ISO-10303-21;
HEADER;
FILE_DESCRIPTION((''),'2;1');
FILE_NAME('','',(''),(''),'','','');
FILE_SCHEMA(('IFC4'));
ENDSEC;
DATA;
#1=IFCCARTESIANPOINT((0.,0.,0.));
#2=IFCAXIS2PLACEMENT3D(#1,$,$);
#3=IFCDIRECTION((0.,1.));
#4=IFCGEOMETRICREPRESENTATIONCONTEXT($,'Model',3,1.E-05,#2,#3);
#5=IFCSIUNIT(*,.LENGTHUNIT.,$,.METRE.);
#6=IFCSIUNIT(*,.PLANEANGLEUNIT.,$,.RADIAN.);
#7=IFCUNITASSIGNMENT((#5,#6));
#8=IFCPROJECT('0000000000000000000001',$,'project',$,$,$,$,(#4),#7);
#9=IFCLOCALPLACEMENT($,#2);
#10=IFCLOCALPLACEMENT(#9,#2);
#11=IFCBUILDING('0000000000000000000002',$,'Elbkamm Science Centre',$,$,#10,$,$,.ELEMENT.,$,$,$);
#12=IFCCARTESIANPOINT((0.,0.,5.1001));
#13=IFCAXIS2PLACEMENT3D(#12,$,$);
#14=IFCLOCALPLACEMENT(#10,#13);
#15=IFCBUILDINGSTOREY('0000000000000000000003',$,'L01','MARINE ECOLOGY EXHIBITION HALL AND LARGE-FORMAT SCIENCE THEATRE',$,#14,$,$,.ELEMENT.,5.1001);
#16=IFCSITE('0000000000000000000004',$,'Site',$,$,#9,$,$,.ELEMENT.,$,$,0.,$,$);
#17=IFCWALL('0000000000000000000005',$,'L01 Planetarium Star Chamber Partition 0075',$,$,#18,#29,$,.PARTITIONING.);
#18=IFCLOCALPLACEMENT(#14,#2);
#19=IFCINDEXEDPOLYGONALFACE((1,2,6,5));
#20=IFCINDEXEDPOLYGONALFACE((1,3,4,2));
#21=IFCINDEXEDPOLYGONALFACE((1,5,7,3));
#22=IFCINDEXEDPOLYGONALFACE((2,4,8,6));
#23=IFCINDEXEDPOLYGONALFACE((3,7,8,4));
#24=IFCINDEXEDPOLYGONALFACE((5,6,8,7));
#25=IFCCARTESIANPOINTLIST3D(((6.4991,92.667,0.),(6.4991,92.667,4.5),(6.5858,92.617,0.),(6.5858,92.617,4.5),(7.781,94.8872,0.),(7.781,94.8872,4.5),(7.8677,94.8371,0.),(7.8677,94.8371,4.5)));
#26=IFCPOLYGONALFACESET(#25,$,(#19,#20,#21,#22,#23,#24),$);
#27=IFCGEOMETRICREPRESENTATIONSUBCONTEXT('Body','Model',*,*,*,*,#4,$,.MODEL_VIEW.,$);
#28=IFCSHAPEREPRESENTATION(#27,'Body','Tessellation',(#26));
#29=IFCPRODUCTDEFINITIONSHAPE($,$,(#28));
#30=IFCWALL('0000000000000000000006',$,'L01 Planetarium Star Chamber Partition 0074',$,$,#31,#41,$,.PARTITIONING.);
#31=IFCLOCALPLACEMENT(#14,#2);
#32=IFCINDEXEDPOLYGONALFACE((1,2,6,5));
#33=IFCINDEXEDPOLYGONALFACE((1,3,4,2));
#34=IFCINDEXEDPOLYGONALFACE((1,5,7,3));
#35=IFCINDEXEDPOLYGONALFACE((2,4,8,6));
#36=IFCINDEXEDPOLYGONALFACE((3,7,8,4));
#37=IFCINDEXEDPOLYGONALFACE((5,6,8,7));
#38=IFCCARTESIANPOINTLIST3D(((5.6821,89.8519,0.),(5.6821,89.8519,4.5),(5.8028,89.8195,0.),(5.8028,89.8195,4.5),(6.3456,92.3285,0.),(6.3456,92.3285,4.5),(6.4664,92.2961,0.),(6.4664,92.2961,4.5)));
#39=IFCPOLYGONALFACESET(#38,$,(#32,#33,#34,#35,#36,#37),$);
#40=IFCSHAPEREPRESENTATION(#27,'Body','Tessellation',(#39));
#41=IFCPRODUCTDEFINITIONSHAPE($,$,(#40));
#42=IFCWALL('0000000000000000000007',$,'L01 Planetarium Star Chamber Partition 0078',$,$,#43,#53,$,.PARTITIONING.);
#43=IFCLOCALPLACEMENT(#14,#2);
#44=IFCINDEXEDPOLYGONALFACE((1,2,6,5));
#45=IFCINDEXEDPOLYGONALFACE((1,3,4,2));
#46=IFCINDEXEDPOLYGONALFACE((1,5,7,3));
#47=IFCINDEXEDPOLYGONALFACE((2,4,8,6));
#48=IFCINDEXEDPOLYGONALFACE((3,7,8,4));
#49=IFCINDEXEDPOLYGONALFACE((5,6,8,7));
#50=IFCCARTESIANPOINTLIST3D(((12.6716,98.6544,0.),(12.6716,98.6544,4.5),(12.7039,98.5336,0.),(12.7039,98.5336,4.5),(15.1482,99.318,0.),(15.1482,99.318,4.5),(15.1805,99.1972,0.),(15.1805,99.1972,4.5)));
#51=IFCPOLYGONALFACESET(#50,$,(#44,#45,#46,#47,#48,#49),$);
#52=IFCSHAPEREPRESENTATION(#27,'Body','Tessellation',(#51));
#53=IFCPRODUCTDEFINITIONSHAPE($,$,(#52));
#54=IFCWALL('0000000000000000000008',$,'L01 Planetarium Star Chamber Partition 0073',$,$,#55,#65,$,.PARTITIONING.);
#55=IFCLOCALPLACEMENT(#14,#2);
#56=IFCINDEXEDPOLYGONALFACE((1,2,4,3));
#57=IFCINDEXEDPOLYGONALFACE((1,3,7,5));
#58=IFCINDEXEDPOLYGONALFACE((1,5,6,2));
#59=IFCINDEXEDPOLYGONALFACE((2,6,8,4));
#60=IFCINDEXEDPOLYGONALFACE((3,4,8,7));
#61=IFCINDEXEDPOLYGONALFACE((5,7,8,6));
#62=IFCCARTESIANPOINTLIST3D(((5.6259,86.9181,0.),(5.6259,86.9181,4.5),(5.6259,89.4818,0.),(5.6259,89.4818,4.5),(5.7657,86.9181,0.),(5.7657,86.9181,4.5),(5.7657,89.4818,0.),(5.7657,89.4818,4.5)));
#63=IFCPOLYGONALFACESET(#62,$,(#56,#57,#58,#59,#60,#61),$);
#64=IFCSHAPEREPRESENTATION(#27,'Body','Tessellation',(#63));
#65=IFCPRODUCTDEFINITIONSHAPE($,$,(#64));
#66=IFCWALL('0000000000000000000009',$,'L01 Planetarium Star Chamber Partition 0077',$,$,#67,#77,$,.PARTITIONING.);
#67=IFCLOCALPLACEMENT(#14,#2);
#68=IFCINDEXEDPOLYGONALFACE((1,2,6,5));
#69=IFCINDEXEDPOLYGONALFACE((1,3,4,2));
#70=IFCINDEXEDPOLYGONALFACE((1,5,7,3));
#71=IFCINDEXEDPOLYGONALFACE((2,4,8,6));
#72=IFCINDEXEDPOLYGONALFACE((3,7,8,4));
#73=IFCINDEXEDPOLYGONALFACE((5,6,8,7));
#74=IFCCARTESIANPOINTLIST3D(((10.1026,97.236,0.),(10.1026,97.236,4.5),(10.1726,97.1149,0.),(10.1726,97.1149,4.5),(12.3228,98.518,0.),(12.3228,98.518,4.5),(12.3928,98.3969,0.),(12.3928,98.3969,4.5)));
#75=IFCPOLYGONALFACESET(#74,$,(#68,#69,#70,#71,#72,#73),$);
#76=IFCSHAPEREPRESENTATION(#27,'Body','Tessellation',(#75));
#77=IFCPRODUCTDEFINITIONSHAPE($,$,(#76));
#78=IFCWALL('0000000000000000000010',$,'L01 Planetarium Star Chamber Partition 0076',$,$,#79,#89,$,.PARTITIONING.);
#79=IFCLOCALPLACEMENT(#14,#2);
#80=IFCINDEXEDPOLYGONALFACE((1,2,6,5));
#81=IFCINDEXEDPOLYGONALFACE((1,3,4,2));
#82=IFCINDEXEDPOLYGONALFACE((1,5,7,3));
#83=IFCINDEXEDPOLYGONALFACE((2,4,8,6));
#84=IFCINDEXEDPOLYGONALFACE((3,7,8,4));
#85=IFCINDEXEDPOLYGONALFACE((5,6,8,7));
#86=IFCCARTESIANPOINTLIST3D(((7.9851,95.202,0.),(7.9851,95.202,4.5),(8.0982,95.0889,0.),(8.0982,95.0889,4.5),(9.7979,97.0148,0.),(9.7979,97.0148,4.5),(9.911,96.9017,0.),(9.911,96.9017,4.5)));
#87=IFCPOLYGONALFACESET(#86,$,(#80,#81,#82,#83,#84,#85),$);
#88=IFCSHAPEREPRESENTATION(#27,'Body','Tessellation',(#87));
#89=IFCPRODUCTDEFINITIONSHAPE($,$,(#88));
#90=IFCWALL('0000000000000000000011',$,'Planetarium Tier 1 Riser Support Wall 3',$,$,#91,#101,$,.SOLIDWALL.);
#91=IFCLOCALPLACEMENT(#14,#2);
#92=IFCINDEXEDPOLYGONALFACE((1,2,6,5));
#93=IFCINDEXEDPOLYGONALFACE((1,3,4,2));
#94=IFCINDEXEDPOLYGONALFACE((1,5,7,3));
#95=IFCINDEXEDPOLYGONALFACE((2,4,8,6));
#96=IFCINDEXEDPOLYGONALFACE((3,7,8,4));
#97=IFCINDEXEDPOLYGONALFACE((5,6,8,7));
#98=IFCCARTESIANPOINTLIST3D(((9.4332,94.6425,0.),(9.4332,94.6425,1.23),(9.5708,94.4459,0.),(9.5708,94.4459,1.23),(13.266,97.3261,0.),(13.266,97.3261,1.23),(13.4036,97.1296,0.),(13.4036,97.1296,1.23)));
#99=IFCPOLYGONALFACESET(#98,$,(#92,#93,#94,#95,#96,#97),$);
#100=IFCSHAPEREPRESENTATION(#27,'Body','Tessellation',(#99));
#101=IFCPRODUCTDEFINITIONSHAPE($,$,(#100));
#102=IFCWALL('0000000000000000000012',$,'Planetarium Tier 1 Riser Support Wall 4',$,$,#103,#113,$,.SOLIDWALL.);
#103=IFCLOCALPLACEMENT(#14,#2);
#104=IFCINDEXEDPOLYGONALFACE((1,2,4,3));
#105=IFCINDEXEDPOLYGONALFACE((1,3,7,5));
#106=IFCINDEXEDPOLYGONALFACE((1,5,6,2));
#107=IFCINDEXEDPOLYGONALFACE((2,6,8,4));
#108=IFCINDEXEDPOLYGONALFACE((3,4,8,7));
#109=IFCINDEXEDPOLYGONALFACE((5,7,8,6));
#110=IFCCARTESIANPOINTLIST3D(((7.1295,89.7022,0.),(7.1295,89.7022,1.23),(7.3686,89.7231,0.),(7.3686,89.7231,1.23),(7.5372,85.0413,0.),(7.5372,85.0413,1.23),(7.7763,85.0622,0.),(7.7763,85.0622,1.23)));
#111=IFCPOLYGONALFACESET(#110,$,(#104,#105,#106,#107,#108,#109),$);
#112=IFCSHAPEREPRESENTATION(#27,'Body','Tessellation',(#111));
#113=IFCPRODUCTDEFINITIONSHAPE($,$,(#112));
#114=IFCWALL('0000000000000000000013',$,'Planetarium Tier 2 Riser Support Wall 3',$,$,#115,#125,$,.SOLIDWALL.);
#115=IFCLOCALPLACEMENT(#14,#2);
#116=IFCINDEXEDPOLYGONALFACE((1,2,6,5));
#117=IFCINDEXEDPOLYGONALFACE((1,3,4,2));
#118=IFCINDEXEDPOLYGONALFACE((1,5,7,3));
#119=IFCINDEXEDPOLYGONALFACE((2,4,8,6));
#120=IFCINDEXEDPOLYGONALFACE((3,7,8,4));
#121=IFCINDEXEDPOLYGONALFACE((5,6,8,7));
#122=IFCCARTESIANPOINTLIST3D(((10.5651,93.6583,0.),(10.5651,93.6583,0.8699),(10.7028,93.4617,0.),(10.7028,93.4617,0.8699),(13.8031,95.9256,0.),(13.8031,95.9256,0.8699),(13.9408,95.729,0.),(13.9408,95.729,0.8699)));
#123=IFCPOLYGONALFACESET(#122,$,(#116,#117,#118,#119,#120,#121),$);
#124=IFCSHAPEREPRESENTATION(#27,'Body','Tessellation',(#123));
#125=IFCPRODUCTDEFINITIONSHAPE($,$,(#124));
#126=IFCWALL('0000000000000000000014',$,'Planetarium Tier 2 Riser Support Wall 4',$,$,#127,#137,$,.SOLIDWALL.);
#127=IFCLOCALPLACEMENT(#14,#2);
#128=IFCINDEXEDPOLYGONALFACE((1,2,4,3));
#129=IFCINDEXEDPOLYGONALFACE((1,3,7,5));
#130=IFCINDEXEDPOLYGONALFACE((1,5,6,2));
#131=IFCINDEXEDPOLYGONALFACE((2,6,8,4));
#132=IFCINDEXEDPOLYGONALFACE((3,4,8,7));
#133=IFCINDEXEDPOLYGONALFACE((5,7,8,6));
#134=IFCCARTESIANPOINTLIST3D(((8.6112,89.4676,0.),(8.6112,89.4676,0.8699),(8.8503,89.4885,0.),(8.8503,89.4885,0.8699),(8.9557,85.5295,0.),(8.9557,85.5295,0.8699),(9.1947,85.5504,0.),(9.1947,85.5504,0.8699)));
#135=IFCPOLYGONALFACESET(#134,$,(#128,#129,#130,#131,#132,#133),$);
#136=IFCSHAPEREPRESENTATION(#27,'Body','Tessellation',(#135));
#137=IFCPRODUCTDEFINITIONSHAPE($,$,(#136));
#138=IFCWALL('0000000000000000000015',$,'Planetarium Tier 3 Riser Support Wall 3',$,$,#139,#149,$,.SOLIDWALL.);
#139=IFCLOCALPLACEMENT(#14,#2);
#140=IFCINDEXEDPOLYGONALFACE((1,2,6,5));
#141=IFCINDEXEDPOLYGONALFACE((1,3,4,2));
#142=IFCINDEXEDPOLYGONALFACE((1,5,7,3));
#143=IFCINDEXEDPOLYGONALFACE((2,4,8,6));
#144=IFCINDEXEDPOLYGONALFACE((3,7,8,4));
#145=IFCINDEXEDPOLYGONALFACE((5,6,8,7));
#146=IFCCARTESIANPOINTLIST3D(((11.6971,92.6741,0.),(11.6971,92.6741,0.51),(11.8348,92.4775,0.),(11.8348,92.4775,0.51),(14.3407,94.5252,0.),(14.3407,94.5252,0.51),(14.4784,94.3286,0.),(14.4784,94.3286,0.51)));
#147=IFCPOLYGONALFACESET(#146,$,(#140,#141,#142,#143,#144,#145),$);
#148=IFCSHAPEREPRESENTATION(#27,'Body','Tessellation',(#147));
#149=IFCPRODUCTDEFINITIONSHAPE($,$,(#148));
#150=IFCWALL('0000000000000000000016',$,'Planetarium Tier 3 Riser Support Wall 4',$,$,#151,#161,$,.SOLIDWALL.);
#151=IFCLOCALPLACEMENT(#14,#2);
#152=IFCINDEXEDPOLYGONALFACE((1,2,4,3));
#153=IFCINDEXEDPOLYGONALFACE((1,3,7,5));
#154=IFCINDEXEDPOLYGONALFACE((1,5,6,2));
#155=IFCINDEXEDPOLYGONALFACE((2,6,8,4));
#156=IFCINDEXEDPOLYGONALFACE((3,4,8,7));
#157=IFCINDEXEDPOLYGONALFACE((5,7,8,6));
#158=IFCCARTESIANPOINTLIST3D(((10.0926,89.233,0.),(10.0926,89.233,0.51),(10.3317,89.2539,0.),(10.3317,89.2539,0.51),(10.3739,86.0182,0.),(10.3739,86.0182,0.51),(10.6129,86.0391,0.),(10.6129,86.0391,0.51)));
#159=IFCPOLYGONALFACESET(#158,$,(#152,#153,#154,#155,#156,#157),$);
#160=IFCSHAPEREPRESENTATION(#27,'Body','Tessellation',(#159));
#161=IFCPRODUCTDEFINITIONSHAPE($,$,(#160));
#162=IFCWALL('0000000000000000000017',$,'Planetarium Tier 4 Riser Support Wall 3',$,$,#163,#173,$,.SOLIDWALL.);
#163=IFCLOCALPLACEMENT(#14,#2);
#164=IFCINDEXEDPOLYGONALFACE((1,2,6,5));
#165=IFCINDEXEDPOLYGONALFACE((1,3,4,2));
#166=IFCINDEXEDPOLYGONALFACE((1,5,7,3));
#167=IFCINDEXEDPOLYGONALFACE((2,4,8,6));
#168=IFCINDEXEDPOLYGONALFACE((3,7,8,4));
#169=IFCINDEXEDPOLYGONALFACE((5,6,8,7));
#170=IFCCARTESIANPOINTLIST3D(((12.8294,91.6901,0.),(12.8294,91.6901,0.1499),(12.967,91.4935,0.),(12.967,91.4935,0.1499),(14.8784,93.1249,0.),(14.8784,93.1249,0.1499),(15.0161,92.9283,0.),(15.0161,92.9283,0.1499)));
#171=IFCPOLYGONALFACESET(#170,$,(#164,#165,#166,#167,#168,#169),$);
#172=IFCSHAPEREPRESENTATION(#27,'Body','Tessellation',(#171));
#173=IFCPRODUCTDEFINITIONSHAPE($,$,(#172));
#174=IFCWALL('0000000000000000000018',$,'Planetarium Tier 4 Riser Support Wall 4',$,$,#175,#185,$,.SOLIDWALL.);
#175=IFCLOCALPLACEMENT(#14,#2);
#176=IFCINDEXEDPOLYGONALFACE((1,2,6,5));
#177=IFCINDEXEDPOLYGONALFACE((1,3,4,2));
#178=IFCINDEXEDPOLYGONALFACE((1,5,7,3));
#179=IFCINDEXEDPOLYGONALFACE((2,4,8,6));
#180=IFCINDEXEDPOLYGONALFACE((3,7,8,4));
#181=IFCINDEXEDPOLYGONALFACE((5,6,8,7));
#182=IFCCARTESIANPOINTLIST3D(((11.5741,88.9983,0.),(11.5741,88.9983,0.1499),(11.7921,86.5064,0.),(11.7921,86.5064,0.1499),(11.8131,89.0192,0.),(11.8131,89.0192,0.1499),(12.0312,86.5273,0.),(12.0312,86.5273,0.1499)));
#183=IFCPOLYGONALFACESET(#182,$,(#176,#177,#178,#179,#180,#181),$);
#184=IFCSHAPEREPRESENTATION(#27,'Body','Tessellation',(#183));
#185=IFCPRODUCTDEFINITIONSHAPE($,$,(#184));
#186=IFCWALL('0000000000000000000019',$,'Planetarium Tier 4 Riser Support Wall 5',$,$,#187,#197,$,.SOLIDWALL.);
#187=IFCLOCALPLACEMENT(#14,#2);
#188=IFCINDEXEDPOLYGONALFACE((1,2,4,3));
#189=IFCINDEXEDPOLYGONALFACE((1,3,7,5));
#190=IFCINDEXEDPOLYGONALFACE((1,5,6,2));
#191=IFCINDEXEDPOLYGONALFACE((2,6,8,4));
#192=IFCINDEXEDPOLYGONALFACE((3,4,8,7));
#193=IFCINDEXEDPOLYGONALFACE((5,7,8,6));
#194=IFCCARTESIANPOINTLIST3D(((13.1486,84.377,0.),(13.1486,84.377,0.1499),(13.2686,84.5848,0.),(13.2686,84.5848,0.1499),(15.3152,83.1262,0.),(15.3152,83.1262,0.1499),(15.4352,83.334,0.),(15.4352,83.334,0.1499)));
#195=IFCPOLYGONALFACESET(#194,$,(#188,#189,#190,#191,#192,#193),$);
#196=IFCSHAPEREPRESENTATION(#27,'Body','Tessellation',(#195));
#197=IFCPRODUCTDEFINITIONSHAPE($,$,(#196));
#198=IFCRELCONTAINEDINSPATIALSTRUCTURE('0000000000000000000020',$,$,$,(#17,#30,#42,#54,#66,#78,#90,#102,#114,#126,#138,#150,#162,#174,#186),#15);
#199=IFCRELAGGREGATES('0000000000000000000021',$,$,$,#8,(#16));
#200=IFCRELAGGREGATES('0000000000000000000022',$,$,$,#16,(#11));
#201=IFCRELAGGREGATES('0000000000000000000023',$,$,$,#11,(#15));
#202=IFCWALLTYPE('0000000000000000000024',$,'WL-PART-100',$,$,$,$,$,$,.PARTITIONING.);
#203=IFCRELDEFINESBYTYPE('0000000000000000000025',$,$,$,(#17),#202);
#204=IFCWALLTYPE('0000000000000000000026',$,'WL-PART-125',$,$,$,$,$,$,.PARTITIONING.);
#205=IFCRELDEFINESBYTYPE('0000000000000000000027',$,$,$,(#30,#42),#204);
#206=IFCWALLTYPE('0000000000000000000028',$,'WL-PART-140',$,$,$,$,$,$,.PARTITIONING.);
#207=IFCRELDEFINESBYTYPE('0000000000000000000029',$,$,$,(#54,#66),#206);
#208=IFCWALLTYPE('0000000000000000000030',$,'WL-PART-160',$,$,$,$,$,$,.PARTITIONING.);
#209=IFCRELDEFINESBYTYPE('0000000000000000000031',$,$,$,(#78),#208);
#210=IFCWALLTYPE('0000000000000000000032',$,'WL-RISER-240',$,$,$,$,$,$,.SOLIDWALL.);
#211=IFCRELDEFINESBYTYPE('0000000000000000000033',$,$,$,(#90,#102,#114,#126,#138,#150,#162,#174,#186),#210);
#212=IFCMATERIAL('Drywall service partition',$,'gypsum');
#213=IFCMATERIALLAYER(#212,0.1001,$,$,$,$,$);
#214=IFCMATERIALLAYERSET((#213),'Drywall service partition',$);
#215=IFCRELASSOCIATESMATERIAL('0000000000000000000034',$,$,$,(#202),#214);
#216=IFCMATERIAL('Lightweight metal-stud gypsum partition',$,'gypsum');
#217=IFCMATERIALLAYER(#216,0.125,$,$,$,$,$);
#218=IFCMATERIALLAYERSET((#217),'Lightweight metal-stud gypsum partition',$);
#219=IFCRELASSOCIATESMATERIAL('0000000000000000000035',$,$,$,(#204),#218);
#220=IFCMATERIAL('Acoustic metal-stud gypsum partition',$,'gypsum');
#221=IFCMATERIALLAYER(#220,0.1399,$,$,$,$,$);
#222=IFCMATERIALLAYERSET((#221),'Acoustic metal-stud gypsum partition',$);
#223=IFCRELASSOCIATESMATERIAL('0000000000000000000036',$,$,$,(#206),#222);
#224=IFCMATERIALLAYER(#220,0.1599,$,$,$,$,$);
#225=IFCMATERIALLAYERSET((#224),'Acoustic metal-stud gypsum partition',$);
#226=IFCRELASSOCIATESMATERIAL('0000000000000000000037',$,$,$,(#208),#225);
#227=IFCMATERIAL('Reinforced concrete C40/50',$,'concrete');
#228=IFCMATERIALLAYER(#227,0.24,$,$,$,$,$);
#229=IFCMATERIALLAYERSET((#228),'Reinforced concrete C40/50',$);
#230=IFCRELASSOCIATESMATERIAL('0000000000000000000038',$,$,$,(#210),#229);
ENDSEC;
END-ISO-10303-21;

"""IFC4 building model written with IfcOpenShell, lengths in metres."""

from ifc_helpers import new_model, si_unit, direction, frame, frame_2d, origin, place, context, subcontext, project, spatial, rectangle, extrude, material, layer, layer_set, type_object, element, save


model = new_model("IFC4")

# Units and contexts
model_context = context("Model", 3, precision=1e-05, world=origin(), true_north=direction((0.0, 1.0)))
body_context = subcontext(model_context, "Body", "Model", "MODEL_VIEW")
ifc_project = project(units=[si_unit("LENGTHUNIT", "METRE"), si_unit("PLANEANGLEUNIT", "RADIAN")], contexts=[model_context])

# Site, building, storey
site_placement = place(None, origin())
site = spatial("IfcSite", under=ifc_project, at=site_placement, Name="Site", CompositionType="ELEMENT", RefElevation=0.0)
building_placement = place(site_placement, origin())
building = spatial("IfcBuilding", under=site, at=building_placement, Name="Elbkamm Science Centre", CompositionType="ELEMENT")
storey_placement = place(building_placement, frame((0.0, 0.0, 5.1001)))
storey = spatial("IfcBuildingStorey", under=building, at=storey_placement, Name="L01", Description="MARINE ECOLOGY EXHIBITION HALL AND LARGE-FORMAT SCIENCE THEATRE", CompositionType="ELEMENT", Elevation=5.1001)

# Walls
ifc_material_1 = material(Name="Drywall service partition", Category="gypsum")
ifc_layer_1 = layer(ifc_material_1, 0.1001)
ifc_layer_set_1 = layer_set([ifc_layer_1], Name="Drywall service partition")
wall_type_1 = type_object("IfcWallType", Name="WL-PART-100", PredefinedType="PARTITIONING", material=ifc_layer_set_1)
wall_1_placement = place(storey_placement, frame((6.5425, 92.6421, 0.0), z_axis=(0.0, 0.0, 1.0), x_axis=(0.500041, 0.866002, 0.0)))
element("IfcWall", 1, at=wall_1_placement, inside=storey, type_object=wall_type_1, Name="L01 Planetarium Star Chamber Partition 0075", PredefinedType="PARTITIONING", context=body_context, shape_type="SweptSolid", body=[
    extrude(rectangle(XDim=2.5637, YDim=0.1001, at=frame_2d((1.2817, 0.0))), origin(), (0.0, 0.0, 1.0), 4.5),
])
ifc_material_2 = material(Name="Lightweight metal-stud gypsum partition", Category="gypsum")
ifc_layer_2 = layer(ifc_material_2, 0.125)
ifc_layer_set_2 = layer_set([ifc_layer_2], Name="Lightweight metal-stud gypsum partition")
wall_type_2 = type_object("IfcWallType", Name="WL-PART-125", PredefinedType="PARTITIONING", material=ifc_layer_set_2)
for number, where, z_axis, x_axis, name in (
    (2, (5.7424, 89.8357, 0.0), (0.0, 0.0, 1.0), (0.258812, 0.965928, 0.0), "L01 Planetarium Star Chamber Partition 0074"),
    (3, (12.6877, 98.594, 0.0), (0.0, 0.0, 1.0), (0.965928, 0.258812, 0.0), "L01 Planetarium Star Chamber Partition 0078"),
):
    element("IfcWall", number, at=place(storey_placement, frame(where, z_axis=z_axis, x_axis=x_axis)), inside=storey, type_object=wall_type_2, Name=name, PredefinedType="PARTITIONING", context=body_context, shape_type="SweptSolid", body=[
        extrude(rectangle(XDim=2.564, YDim=0.125, at=frame_2d((1.282, 0.0))), origin(), (0.0, 0.0, 1.0), 4.5),
    ])
ifc_material_3 = material(Name="Acoustic metal-stud gypsum partition", Category="gypsum")
ifc_layer_3 = layer(ifc_material_3, 0.1399)
ifc_layer_set_3 = layer_set([ifc_layer_3], Name="Acoustic metal-stud gypsum partition")
wall_type_3 = type_object("IfcWallType", Name="WL-PART-140", PredefinedType="PARTITIONING", material=ifc_layer_set_3)
for number, where, z_axis, x_axis, name in (
    (4, (5.6958, 86.9182, 0.0), (0.0, 0.0, 1.0), (0.0, 1.0, 0.0), "L01 Planetarium Star Chamber Partition 0073"),
    (5, (10.1377, 97.1755, 0.0), (0.0, 0.0, 1.0), (0.866002, 0.500041, 0.0), "L01 Planetarium Star Chamber Partition 0077"),
):
    element("IfcWall", number, at=place(storey_placement, frame(where, z_axis=z_axis, x_axis=x_axis)), inside=storey, type_object=wall_type_3, Name=name, PredefinedType="PARTITIONING", context=body_context, shape_type="SweptSolid", body=[
        extrude(rectangle(XDim=2.5637, YDim=0.1399, at=frame_2d((1.2817, 0.0))), origin(), (0.0, 0.0, 1.0), 4.5),
    ])
ifc_layer_4 = layer(ifc_material_3, 0.1599)
ifc_layer_set_4 = layer_set([ifc_layer_4], Name="Acoustic metal-stud gypsum partition")
wall_type_4 = type_object("IfcWallType", Name="WL-PART-160", PredefinedType="PARTITIONING", material=ifc_layer_set_4)
wall_2_placement = place(storey_placement, frame((8.0417, 95.1455, 0.0), z_axis=(0.0, 0.0, 1.0), x_axis=(0.707107, 0.707107, 0.0)))
element("IfcWall", 6, at=wall_2_placement, inside=storey, type_object=wall_type_4, Name="L01 Planetarium Star Chamber Partition 0076", PredefinedType="PARTITIONING", context=body_context, shape_type="SweptSolid", body=[
    extrude(rectangle(XDim=2.5637, YDim=0.1599, at=frame_2d((1.2817, 0.0))), origin(), (0.0, 0.0, 1.0), 4.5),
])
ifc_material_4 = material(Name="Reinforced concrete C40/50", Category="concrete")
ifc_layer_5 = layer(ifc_material_4, 0.24)
ifc_layer_set_5 = layer_set([ifc_layer_5], Name="Reinforced concrete C40/50")
wall_type_5 = type_object("IfcWallType", Name="WL-RISER-240", PredefinedType="SOLIDWALL", material=ifc_layer_set_5)
wall_3_placement = place(storey_placement, frame((13.3347, 97.2278, 0.0), z_axis=(0.0, 0.0, 1.0), x_axis=(-0.819166, -0.573557, 0.0)))
element("IfcWall", 7, at=wall_3_placement, inside=storey, type_object=wall_type_5, Name="Planetarium Tier 1 Riser Support Wall 3", PredefinedType="SOLIDWALL", context=body_context, shape_type="SweptSolid", body=[
    extrude(rectangle(XDim=4.679, YDim=0.24, at=frame_2d((2.3394, 0.0))), origin(), (0.0, 0.0, 1.0), 1.23),
])
wall_4_placement = place(storey_placement, frame((7.249, 89.7126, 0.0), z_axis=(0.0, 0.0, 1.0), x_axis=(0.087143, -0.996196, 0.0)))
element("IfcWall", 8, at=wall_4_placement, inside=storey, type_object=wall_type_5, Name="Planetarium Tier 1 Riser Support Wall 4", PredefinedType="SOLIDWALL", context=body_context, shape_type="SweptSolid", body=[
    extrude(rectangle(XDim=4.6787, YDim=0.24, at=frame_2d((2.3394, 0.0))), origin(), (0.0, 0.0, 1.0), 1.23),
])
wall_5_placement = place(storey_placement, frame((13.8721, 95.8274, 0.0), z_axis=(0.0, 0.0, 1.0), x_axis=(-0.819148, -0.573583, 0.0)))
element("IfcWall", 9, at=wall_5_placement, inside=storey, type_object=wall_type_5, Name="Planetarium Tier 2 Riser Support Wall 3", PredefinedType="SOLIDWALL", context=body_context, shape_type="SweptSolid", body=[
    extrude(rectangle(XDim=3.9529, YDim=0.24, at=frame_2d((1.9766, 0.0))), origin(), (0.0, 0.0, 1.0), 0.8699),
])
wall_6_placement = place(storey_placement, frame((8.7307, 89.478, 0.0), z_axis=(0.0, 0.0, 1.0), x_axis=(0.087144, -0.996196, 0.0)))
element("IfcWall", 10, at=wall_6_placement, inside=storey, type_object=wall_type_5, Name="Planetarium Tier 2 Riser Support Wall 4", PredefinedType="SOLIDWALL", context=body_context, shape_type="SweptSolid", body=[
    extrude(rectangle(XDim=3.9531, YDim=0.24, at=frame_2d((1.9766, 0.0))), origin(), (0.0, 0.0, 1.0), 0.8699),
])
wall_7_placement = place(storey_placement, frame((14.4097, 94.427, 0.0), z_axis=(0.0, 0.0, 1.0), x_axis=(-0.819147, -0.573584, 0.0)))
element("IfcWall", 11, at=wall_7_placement, inside=storey, type_object=wall_type_5, Name="Planetarium Tier 3 Riser Support Wall 3", PredefinedType="SOLIDWALL", context=body_context, shape_type="SweptSolid", body=[
    extrude(rectangle(XDim=3.2273, YDim=0.24, at=frame_2d((1.6138, 0.0))), origin(), (0.0, 0.0, 1.0), 0.51),
])
wall_8_placement = place(storey_placement, frame((10.2122, 89.2434, 0.0), z_axis=(0.0, 0.0, 1.0), x_axis=(0.087152, -0.996195, 0.0)))
element("IfcWall", 12, at=wall_8_placement, inside=storey, type_object=wall_type_5, Name="Planetarium Tier 3 Riser Support Wall 4", PredefinedType="SOLIDWALL", context=body_context, shape_type="SweptSolid", body=[
    extrude(rectangle(XDim=3.2271, YDim=0.24, at=frame_2d((1.6135, 0.0))), origin(), (0.0, 0.0, 1.0), 0.51),
])
for number, where, z_axis, x_axis, name in (
    (13, (14.9473, 93.0266, 0.0), (0.0, 0.0, 1.0), (-0.819145, -0.573587, 0.0), "Planetarium Tier 4 Riser Support Wall 3"),
    (14, (11.6936, 89.0088, 0.0), (0.0, 0.0, 1.0), (0.087156, -0.996195, 0.0), "Planetarium Tier 4 Riser Support Wall 4"),
):
    element("IfcWall", number, at=place(storey_placement, frame(where, z_axis=z_axis, x_axis=x_axis)), inside=storey, type_object=wall_type_5, Name=name, PredefinedType="SOLIDWALL", context=body_context, shape_type="SweptSolid", body=[
        extrude(rectangle(XDim=2.5015, YDim=0.24, at=frame_2d((1.2507, 0.0))), origin(), (0.0, 0.0, 1.0), 0.1499),
    ])
wall_9_placement = place(storey_placement, frame((13.2085, 84.481, 0.0), z_axis=(0.0, 0.0, 1.0), x_axis=(0.866043, -0.49997, 0.0)))
element("IfcWall", 15, at=wall_9_placement, inside=storey, type_object=wall_type_5, Name="Planetarium Tier 4 Riser Support Wall 5", PredefinedType="SOLIDWALL", context=body_context, shape_type="SweptSolid", body=[
    extrude(rectangle(XDim=2.5017, YDim=0.24, at=frame_2d((1.251, 0.0))), origin(), (0.0, 0.0, 1.0), 0.1499),
])

save(model, "model.ifc")
